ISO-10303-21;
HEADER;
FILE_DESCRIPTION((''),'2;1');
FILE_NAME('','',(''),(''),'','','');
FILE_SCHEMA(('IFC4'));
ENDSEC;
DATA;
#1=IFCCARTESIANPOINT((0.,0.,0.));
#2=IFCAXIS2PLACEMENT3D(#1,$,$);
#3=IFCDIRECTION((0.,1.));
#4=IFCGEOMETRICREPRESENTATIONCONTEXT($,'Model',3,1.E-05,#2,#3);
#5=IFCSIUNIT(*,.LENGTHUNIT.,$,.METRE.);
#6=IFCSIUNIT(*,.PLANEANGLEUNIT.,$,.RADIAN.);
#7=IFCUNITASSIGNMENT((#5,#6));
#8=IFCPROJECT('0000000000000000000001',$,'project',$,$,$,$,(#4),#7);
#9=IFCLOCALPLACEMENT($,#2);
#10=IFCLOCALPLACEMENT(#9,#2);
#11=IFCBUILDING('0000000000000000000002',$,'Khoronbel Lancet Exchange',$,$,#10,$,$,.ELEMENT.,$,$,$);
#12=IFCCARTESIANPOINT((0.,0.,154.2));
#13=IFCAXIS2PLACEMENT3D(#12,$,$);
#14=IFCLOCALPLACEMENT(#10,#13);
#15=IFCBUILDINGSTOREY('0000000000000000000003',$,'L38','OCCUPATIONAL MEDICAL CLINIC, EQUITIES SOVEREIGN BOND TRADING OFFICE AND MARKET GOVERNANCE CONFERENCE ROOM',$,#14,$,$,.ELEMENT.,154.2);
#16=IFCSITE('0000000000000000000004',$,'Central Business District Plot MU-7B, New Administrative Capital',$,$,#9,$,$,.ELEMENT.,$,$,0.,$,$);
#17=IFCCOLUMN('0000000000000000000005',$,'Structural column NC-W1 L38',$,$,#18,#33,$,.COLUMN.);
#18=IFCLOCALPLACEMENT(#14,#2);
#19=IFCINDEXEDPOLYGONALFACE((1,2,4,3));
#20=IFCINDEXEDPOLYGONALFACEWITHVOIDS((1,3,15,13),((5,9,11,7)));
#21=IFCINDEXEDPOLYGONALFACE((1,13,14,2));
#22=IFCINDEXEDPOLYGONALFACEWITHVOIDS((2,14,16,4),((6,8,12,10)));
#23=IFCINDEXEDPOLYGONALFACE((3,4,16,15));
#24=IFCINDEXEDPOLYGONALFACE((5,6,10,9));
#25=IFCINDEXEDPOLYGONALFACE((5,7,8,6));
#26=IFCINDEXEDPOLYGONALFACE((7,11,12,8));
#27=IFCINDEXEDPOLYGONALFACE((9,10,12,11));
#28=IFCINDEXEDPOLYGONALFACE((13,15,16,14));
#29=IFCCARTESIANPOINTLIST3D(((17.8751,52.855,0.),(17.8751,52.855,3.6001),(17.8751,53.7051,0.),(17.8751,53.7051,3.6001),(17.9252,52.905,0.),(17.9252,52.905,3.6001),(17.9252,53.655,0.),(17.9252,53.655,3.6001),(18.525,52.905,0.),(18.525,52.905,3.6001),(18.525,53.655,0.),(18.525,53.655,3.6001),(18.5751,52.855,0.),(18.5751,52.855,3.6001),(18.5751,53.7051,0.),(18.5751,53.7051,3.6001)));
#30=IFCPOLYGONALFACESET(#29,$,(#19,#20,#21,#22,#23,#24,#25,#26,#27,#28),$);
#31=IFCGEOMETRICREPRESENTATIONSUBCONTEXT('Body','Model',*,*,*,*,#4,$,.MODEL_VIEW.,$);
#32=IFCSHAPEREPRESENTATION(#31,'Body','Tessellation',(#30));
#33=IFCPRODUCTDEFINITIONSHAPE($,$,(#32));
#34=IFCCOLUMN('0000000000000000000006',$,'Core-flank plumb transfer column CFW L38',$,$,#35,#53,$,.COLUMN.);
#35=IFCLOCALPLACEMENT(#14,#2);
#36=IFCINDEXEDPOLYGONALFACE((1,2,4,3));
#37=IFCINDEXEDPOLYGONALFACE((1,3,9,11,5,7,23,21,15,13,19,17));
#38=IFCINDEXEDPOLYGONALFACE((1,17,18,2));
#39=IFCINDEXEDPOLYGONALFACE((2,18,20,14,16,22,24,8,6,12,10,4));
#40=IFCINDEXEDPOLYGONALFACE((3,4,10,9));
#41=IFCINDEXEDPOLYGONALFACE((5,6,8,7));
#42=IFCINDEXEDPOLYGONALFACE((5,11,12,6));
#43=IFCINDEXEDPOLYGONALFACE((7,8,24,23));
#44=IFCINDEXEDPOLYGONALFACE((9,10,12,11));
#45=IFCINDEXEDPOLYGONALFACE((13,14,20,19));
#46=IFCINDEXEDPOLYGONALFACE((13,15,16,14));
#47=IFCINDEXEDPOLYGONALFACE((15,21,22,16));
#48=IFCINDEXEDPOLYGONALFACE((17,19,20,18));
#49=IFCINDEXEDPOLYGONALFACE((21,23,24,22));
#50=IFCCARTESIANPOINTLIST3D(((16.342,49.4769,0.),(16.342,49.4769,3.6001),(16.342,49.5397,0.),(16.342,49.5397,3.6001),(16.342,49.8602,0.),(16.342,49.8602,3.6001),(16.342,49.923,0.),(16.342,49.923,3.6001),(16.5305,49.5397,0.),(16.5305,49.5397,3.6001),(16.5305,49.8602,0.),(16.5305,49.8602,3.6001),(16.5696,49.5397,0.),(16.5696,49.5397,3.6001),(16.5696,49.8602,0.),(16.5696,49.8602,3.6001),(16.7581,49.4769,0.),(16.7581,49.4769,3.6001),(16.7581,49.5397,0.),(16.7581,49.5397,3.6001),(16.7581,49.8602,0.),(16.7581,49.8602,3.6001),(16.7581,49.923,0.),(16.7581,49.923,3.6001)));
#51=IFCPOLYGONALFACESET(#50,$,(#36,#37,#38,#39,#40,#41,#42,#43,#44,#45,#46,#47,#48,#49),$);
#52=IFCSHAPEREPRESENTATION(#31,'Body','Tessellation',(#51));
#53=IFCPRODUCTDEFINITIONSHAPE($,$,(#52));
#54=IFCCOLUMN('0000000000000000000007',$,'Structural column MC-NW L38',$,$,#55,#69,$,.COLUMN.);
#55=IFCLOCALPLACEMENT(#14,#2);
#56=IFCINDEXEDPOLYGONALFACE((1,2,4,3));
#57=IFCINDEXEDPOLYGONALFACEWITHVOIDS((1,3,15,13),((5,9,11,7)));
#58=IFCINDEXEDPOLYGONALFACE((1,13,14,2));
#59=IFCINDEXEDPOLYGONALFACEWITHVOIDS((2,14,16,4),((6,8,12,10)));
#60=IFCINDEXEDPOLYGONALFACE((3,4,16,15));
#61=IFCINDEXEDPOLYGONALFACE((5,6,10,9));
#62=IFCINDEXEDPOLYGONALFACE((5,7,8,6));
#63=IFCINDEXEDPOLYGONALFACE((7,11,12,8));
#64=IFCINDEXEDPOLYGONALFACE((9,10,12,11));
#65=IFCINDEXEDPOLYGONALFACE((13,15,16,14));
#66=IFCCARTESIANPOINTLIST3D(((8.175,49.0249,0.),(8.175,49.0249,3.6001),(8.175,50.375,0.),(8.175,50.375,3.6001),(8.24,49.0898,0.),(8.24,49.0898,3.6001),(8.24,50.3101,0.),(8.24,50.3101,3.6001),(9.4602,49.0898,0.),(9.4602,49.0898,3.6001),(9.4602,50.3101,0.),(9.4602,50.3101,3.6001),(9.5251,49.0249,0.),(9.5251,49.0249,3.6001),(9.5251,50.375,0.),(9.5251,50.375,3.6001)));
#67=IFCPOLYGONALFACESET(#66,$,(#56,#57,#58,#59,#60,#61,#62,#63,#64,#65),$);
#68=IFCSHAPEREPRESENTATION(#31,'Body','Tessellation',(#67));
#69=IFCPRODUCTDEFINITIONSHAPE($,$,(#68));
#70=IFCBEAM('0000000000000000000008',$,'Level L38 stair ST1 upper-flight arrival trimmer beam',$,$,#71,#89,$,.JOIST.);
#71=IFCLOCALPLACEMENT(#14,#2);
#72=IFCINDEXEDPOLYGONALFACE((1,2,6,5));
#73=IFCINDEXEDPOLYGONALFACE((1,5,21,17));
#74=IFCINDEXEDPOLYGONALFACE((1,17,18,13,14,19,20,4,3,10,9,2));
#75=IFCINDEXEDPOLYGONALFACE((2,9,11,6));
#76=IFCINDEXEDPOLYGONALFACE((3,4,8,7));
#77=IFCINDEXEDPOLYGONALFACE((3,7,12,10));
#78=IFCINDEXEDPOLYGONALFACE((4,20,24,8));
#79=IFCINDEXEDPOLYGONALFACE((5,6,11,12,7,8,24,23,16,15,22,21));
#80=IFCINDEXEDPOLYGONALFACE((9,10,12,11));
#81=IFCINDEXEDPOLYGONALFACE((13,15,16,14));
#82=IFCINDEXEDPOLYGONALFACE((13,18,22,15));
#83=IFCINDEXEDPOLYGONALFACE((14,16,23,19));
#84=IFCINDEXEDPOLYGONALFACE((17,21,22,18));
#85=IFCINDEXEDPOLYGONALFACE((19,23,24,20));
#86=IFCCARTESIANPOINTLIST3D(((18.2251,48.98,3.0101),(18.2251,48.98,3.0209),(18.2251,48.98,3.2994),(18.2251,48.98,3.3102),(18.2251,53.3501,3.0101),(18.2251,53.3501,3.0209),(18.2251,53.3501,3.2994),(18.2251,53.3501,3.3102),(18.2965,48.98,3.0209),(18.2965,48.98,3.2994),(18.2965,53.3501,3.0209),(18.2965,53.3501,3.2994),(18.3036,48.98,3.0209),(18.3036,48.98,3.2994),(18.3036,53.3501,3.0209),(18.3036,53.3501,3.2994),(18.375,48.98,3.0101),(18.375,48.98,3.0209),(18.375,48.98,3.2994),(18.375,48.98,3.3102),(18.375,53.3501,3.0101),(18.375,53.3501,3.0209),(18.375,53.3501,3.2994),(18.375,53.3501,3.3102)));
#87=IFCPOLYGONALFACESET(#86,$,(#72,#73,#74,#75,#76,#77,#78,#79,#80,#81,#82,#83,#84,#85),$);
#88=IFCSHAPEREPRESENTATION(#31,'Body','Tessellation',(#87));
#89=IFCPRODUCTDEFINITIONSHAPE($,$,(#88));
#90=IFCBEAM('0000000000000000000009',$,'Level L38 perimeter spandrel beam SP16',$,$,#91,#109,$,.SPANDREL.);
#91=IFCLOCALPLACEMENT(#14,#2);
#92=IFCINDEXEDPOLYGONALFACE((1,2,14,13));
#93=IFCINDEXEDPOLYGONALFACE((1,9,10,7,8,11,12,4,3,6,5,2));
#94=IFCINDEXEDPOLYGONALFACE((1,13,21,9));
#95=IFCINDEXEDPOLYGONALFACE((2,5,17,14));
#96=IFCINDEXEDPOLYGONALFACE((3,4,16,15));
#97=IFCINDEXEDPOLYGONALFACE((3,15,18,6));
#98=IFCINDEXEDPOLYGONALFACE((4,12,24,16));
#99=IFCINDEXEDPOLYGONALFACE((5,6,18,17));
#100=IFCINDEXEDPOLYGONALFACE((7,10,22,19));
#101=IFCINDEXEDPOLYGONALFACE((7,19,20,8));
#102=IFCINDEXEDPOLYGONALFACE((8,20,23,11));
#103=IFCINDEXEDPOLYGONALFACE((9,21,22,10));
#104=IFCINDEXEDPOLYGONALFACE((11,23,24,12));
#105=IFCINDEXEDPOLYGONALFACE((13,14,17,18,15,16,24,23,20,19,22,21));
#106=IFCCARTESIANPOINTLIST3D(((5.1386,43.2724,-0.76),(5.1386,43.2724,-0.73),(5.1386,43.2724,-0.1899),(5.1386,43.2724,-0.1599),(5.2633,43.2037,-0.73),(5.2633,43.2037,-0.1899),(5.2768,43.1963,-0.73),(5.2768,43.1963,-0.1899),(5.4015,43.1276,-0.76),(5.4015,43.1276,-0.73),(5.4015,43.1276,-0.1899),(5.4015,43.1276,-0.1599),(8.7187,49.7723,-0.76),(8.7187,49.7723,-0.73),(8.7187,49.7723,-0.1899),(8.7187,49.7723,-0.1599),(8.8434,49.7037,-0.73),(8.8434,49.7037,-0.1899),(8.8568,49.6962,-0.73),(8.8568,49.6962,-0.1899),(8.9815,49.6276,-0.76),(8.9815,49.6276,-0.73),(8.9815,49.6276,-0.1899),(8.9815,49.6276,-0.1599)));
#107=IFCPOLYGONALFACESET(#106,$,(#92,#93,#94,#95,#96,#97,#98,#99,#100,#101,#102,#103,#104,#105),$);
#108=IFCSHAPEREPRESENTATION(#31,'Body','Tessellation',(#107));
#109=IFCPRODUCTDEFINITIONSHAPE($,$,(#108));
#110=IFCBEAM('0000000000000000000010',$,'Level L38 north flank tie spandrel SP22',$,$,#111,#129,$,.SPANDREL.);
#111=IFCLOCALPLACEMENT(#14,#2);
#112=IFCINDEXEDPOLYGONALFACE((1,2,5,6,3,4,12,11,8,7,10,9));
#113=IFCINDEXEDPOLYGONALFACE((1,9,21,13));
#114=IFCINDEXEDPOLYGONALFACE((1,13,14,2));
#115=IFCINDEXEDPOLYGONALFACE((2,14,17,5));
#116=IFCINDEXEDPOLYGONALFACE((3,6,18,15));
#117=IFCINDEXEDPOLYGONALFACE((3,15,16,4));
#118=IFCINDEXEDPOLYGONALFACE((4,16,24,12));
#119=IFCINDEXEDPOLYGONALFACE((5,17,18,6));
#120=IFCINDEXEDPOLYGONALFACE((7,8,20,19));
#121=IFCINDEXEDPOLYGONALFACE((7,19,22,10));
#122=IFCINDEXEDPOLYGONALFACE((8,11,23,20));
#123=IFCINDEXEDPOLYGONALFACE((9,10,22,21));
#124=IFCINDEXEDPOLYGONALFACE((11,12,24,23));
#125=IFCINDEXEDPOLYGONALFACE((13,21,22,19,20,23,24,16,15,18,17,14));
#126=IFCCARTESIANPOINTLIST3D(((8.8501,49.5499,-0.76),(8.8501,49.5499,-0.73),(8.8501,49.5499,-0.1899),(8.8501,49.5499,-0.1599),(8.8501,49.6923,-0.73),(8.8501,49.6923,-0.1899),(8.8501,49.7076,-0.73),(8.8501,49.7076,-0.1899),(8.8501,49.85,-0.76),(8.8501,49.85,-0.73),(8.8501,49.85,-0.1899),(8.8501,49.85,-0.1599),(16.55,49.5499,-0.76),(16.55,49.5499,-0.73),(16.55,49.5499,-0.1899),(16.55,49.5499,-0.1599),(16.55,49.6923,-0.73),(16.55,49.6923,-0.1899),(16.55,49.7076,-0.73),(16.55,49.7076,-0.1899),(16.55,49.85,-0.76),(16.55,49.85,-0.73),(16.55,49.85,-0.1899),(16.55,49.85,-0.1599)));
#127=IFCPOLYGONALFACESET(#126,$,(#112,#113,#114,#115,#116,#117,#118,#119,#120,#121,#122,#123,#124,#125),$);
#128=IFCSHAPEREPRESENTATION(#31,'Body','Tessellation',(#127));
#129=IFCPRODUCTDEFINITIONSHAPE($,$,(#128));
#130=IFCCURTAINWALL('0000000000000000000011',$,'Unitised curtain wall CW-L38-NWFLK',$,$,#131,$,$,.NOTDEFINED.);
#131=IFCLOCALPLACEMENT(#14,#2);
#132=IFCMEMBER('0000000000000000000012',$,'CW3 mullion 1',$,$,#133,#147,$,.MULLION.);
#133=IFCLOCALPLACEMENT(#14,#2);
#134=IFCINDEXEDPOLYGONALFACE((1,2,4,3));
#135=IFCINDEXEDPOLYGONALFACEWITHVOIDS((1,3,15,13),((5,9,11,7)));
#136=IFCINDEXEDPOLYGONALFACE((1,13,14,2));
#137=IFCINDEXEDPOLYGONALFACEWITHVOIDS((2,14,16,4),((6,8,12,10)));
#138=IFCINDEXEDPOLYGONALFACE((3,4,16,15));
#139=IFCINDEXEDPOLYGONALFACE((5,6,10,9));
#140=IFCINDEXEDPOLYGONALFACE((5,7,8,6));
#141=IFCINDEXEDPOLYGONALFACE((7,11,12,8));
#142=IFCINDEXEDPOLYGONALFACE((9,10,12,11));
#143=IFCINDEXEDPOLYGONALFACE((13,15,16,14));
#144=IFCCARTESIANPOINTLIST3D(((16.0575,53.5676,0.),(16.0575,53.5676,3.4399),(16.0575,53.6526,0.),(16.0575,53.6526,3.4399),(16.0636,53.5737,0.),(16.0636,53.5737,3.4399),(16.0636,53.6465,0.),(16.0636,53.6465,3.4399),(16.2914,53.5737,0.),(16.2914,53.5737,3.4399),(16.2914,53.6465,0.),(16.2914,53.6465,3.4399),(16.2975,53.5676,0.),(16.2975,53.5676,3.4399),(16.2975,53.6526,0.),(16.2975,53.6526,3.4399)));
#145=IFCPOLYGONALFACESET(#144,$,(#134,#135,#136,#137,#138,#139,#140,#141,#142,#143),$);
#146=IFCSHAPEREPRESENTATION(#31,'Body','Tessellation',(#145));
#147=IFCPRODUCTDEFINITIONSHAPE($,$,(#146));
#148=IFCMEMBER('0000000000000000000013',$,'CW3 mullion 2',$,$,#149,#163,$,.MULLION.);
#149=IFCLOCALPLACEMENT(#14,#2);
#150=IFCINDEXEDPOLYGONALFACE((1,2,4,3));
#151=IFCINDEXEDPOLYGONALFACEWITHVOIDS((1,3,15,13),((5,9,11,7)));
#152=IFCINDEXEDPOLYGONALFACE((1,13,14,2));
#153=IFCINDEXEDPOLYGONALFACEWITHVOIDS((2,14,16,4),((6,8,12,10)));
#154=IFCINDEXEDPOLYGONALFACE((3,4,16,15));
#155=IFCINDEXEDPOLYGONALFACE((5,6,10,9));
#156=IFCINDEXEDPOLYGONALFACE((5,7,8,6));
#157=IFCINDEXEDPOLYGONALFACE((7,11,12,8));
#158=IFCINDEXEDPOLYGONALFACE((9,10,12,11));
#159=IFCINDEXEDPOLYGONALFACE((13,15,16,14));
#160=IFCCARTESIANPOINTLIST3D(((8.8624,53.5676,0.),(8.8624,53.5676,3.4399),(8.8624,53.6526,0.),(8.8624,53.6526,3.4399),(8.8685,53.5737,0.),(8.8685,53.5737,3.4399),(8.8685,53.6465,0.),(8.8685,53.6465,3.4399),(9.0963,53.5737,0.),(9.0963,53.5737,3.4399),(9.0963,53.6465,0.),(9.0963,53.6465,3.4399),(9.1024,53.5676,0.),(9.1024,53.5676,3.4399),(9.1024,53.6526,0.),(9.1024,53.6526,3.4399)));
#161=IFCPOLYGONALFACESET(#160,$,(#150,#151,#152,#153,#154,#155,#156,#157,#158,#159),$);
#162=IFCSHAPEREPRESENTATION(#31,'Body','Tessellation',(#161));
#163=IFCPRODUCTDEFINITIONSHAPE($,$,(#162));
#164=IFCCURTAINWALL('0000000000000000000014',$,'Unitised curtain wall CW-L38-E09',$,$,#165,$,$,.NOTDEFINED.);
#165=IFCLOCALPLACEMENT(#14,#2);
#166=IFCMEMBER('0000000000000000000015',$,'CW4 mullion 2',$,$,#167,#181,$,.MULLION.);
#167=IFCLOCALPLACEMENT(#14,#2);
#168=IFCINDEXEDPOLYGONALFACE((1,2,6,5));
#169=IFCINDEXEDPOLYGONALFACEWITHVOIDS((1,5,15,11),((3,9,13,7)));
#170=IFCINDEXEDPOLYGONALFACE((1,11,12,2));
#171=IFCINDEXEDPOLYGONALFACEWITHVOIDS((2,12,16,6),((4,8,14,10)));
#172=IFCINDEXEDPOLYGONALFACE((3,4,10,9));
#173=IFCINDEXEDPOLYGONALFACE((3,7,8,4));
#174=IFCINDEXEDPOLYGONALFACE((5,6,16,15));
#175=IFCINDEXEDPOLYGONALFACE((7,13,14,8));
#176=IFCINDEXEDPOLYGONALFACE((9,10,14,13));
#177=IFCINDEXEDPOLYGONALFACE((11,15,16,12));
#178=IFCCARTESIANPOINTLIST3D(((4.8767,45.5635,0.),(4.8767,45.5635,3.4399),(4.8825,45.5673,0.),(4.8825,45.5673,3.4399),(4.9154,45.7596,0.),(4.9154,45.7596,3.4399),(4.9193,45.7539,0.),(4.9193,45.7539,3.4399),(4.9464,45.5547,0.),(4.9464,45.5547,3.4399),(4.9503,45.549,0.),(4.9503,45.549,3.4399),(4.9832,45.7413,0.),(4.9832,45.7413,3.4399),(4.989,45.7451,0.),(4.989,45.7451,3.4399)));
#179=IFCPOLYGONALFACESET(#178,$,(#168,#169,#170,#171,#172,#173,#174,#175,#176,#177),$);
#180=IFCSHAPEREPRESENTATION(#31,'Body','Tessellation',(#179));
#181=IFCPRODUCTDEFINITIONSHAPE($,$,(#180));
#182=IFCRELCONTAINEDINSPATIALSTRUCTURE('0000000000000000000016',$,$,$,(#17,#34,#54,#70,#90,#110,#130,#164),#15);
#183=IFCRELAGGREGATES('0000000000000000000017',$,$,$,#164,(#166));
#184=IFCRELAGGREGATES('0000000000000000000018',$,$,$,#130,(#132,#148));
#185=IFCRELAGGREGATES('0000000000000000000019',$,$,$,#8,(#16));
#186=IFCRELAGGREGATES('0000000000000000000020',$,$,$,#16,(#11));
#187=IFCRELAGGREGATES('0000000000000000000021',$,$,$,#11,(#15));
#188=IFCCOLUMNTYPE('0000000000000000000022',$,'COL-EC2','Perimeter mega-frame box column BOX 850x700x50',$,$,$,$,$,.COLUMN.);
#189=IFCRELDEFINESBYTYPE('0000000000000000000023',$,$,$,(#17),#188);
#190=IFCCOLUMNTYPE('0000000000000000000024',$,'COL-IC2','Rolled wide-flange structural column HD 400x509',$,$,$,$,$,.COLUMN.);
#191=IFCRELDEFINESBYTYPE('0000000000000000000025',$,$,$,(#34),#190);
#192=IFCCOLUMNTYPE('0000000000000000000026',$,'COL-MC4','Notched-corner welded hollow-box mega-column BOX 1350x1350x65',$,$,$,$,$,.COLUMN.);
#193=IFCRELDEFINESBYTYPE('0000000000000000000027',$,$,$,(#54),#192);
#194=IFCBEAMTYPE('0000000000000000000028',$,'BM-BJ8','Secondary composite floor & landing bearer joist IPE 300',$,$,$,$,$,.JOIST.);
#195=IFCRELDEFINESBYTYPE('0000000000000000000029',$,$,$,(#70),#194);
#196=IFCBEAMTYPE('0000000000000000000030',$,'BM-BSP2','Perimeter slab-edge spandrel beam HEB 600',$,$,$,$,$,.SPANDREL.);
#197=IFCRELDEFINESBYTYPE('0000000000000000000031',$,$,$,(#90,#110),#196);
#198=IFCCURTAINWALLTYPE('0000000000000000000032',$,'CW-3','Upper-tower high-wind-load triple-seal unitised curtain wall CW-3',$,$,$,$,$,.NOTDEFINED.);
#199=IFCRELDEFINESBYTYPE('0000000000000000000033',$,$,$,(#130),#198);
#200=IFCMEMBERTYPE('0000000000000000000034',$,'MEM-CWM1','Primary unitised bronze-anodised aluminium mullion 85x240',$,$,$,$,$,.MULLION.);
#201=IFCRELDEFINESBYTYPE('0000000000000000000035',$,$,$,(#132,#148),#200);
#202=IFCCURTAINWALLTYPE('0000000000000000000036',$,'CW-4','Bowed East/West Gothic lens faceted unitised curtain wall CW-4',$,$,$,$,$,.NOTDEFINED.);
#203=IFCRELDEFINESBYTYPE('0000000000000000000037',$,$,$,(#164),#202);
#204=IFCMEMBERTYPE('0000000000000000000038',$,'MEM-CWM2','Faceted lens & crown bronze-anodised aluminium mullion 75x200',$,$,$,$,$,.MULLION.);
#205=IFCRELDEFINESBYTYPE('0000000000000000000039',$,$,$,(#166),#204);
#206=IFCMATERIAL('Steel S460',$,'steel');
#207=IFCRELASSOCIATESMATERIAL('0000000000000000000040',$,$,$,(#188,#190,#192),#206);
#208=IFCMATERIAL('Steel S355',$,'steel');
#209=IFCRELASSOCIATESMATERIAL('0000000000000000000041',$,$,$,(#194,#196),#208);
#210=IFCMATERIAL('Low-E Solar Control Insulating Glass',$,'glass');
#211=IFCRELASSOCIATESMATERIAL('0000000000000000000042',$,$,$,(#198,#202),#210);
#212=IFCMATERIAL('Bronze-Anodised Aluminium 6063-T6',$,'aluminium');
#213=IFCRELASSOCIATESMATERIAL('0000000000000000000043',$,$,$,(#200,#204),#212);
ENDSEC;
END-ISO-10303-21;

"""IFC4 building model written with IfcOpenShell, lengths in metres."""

from ifc_helpers import new_model, si_unit, direction, frame, origin, origin_2d, place, context, subcontext, project, spatial, hollow_rectangle, i_section, extrude, material, material_profile, profile_set, type_object, element, aggregate, save


model = new_model("IFC4")

# Units and contexts
model_context = context("Model", 3, precision=1e-05, world=origin(), true_north=direction((0.0, 1.0)))
body_context = subcontext(model_context, "Body", "Model", "MODEL_VIEW")
ifc_project = project(units=[si_unit("LENGTHUNIT", "METRE"), si_unit("PLANEANGLEUNIT", "RADIAN")], contexts=[model_context])

# Site, building, storey
site_placement = place(None, origin())
site = spatial("IfcSite", under=ifc_project, at=site_placement, Name="Central Business District Plot MU-7B, New Administrative Capital", CompositionType="ELEMENT", RefElevation=0.0)
building_placement = place(site_placement, origin())
building = spatial("IfcBuilding", under=site, at=building_placement, Name="Khoronbel Lancet Exchange", CompositionType="ELEMENT")
storey_placement = place(building_placement, frame((0.0, 0.0, 154.2)))
storey = spatial("IfcBuildingStorey", under=building, at=storey_placement, Name="L38", Description="OCCUPATIONAL MEDICAL CLINIC, EQUITIES SOVEREIGN BOND TRADING OFFICE AND MARKET GOVERNANCE CONFERENCE ROOM", CompositionType="ELEMENT", Elevation=154.2)

# Columns
ifc_material_1 = material(Name="Steel S460", Category="steel")
ifc_material_profile_1 = material_profile(ifc_material_1, hollow_rectangle(XDim=0.7, YDim=0.8501, WallThickness=0.05, at=origin_2d()), Name="BOX 850x700x50")
ifc_profile_set_1 = profile_set([ifc_material_profile_1], Name="Steel S460")
column_type_1 = type_object("IfcColumnType", Name="COL-EC2", Description="Perimeter mega-frame box column BOX 850x700x50", PredefinedType="COLUMN", material=ifc_profile_set_1)
column_1_placement = place(storey_placement, frame((18.2251, 53.28, 0.0), z_axis=(0.0, 0.0, 1.0), x_axis=(1.0, 0.0, 0.0)))
element("IfcColumn", 1, at=column_1_placement, inside=storey, type_object=column_type_1, Name="Structural column NC-W1 L38", PredefinedType="COLUMN", context=body_context, shape_type="SweptSolid", body=[
    extrude(hollow_rectangle(XDim=0.7, YDim=0.8501, WallThickness=0.05, at=origin_2d()), origin(), (0.0, 0.0, 1.0), 3.6001),
])
ifc_material_profile_2 = material_profile(ifc_material_1, i_section(OverallWidth=0.416, OverallDepth=0.446, WebThickness=0.0391, FlangeThickness=0.0627, at=origin_2d()), Name="HD 400x509")
ifc_profile_set_2 = profile_set([ifc_material_profile_2], Name="Steel S460")
column_type_2 = type_object("IfcColumnType", Name="COL-IC2", Description="Rolled wide-flange structural column HD 400x509", PredefinedType="COLUMN", material=ifc_profile_set_2)
column_2_placement = place(storey_placement, frame((16.55, 49.7, 0.0), z_axis=(0.0, 0.0, 1.0), x_axis=(1.0, 0.0, 0.0)))
element("IfcColumn", 2, at=column_2_placement, inside=storey, type_object=column_type_2, Name="Core-flank plumb transfer column CFW L38", PredefinedType="COLUMN", context=body_context, shape_type="SweptSolid", body=[
    extrude(i_section(OverallWidth=0.416, OverallDepth=0.446, WebThickness=0.0391, FlangeThickness=0.0627, at=origin_2d()), origin(), (0.0, 0.0, 1.0), 3.6001),
])
ifc_material_profile_3 = material_profile(ifc_material_1, hollow_rectangle(XDim=1.3501, YDim=1.3501, WallThickness=0.0649, at=origin_2d()), Name="BOX 1350x1350x65")
ifc_profile_set_3 = profile_set([ifc_material_profile_3], Name="Steel S460")
column_type_3 = type_object("IfcColumnType", Name="COL-MC4", Description="Notched-corner welded hollow-box mega-column BOX 1350x1350x65", PredefinedType="COLUMN", material=ifc_profile_set_3)
column_3_placement = place(storey_placement, frame((8.8501, 49.7, 0.0), z_axis=(0.0, 0.0, 1.0), x_axis=(1.0, 0.0, 0.0)))
element("IfcColumn", 3, at=column_3_placement, inside=storey, type_object=column_type_3, Name="Structural column MC-NW L38", PredefinedType="COLUMN", context=body_context, shape_type="SweptSolid", body=[
    extrude(hollow_rectangle(XDim=1.3501, YDim=1.3501, WallThickness=0.0649, at=origin_2d()), origin(), (0.0, 0.0, 1.0), 3.6001),
])

# Beams
ifc_material_2 = material(Name="Steel S355", Category="steel")
ifc_material_profile_4 = material_profile(ifc_material_2, i_section(OverallWidth=0.1499, OverallDepth=0.3, WebThickness=0.0071, FlangeThickness=0.0107, at=origin_2d()), Name="IPE 300")
ifc_profile_set_4 = profile_set([ifc_material_profile_4], Name="Steel S355")
beam_type_1 = type_object("IfcBeamType", Name="BM-BJ8", Description="Secondary composite floor & landing bearer joist IPE 300", PredefinedType="JOIST", material=ifc_profile_set_4)
beam_1_placement = place(storey_placement, frame((18.3, 48.98, 3.1602), z_axis=(0.0, 1.0, 0.0), x_axis=(-1.0, 0.0, 0.0)))
element("IfcBeam", 4, at=beam_1_placement, inside=storey, type_object=beam_type_1, Name="Level L38 stair ST1 upper-flight arrival trimmer beam", PredefinedType="JOIST", context=body_context, shape_type="SweptSolid", body=[
    extrude(i_section(OverallWidth=0.1499, OverallDepth=0.3, WebThickness=0.0071, FlangeThickness=0.0107, at=origin_2d()), origin(), (0.0, 0.0, 1.0), 4.3701),
])
ifc_material_profile_5 = material_profile(ifc_material_2, i_section(OverallWidth=0.3, OverallDepth=0.6001, WebThickness=0.0154, FlangeThickness=0.03, at=origin_2d()), Name="HEB 600")
ifc_profile_set_5 = profile_set([ifc_material_profile_5], Name="Steel S355")
beam_type_2 = type_object("IfcBeamType", Name="BM-BSP2", Description="Perimeter slab-edge spandrel beam HEB 600", PredefinedType="SPANDREL", material=ifc_profile_set_5)
beam_2_placement = place(storey_placement, frame((8.8501, 49.7, -0.46), z_axis=(-0.482444, -0.875927, 0.0), x_axis=(0.875927, -0.482444, 0.0)))
element("IfcBeam", 5, at=beam_2_placement, inside=storey, type_object=beam_type_2, Name="Level L38 perimeter spandrel beam SP16", PredefinedType="SPANDREL", context=body_context, shape_type="SweptSolid", body=[
    extrude(i_section(OverallWidth=0.3, OverallDepth=0.6001, WebThickness=0.0154, FlangeThickness=0.03, at=origin_2d()), origin(), (0.0, 0.0, 1.0), 7.4207),
])
beam_3_placement = place(storey_placement, frame((8.8501, 49.7, -0.46), z_axis=(1.0, 0.0, 0.0), x_axis=(0.0, 1.0, 0.0)))
element("IfcBeam", 6, at=beam_3_placement, inside=storey, type_object=beam_type_2, Name="Level L38 north flank tie spandrel SP22", PredefinedType="SPANDREL", context=body_context, shape_type="SweptSolid", body=[
    extrude(i_section(OverallWidth=0.3, OverallDepth=0.6001, WebThickness=0.0154, FlangeThickness=0.03, at=origin_2d()), origin(), (0.0, 0.0, 1.0), 7.7),
])

# Curtain wall, members
ifc_material_3 = material(Name="Low-E Solar Control Insulating Glass", Category="glass")
curtain_wall_type_1 = type_object("IfcCurtainWallType", Name="CW-3", Description="Upper-tower high-wind-load triple-seal unitised curtain wall CW-3", PredefinedType="NOTDEFINED", material=ifc_material_3)
curtain_wall_1_placement = place(storey_placement, origin())
curtain_wall_1 = element("IfcCurtainWall", 7, at=curtain_wall_1_placement, inside=storey, type_object=curtain_wall_type_1, Name="Unitised curtain wall CW-L38-NWFLK", PredefinedType="NOTDEFINED")
ifc_material_4 = material(Name="Bronze-Anodised Aluminium 6063-T6", Category="aluminium")
ifc_material_profile_6 = material_profile(ifc_material_4, hollow_rectangle(XDim=0.085, YDim=0.24, WallThickness=0.0061, at=origin_2d()), Name="ALU MULLION 85x240")
ifc_profile_set_6 = profile_set([ifc_material_profile_6], Name="Bronze-Anodised Aluminium 6063-T6")
member_type_1 = type_object("IfcMemberType", Name="MEM-CWM1", Description="Primary unitised bronze-anodised aluminium mullion 85x240", PredefinedType="MULLION", material=ifc_profile_set_6)
member_1_placement = place(storey_placement, frame((16.1775, 53.6101, 0.0), z_axis=(0.0, 0.0, 1.0), x_axis=(0.0, -1.0, 0.0)))
member_1 = element("IfcMember", 8, at=member_1_placement, type_object=member_type_1, Name="CW3 mullion 1", PredefinedType="MULLION", context=body_context, shape_type="SweptSolid", body=[
    extrude(hollow_rectangle(XDim=0.085, YDim=0.24, WallThickness=0.0061, at=origin_2d()), origin(), (0.0, 0.0, 1.0), 3.4399),
])
member_2_placement = place(storey_placement, frame((8.9824, 53.6101, 0.0), z_axis=(0.0, 0.0, 1.0), x_axis=(0.0, -1.0, 0.0)))
member_2 = element("IfcMember", 9, at=member_2_placement, type_object=member_type_1, Name="CW3 mullion 2", PredefinedType="MULLION", context=body_context, shape_type="SweptSolid", body=[
    extrude(hollow_rectangle(XDim=0.085, YDim=0.24, WallThickness=0.0061, at=origin_2d()), origin(), (0.0, 0.0, 1.0), 3.4399),
])

# Curtain wall, member
curtain_wall_type_2 = type_object("IfcCurtainWallType", Name="CW-4", Description="Bowed East/West Gothic lens faceted unitised curtain wall CW-4", PredefinedType="NOTDEFINED", material=ifc_material_3)
curtain_wall_2_placement = place(storey_placement, origin())
curtain_wall_2 = element("IfcCurtainWall", 10, at=curtain_wall_2_placement, inside=storey, type_object=curtain_wall_type_2, Name="Unitised curtain wall CW-L38-E09", PredefinedType="NOTDEFINED")
ifc_material_profile_7 = material_profile(ifc_material_4, hollow_rectangle(XDim=0.075, YDim=0.2, WallThickness=0.0049, at=origin_2d()), Name="ALU MULLION 75x200")
ifc_profile_set_7 = profile_set([ifc_material_profile_7], Name="Bronze-Anodised Aluminium 6063-T6")
member_type_2 = type_object("IfcMemberType", Name="MEM-CWM2", Description="Faceted lens & crown bronze-anodised aluminium mullion 75x200", PredefinedType="MULLION", material=ifc_profile_set_7)
member_3_placement = place(storey_placement, frame((4.9329, 45.6543, 0.0), z_axis=(0.0, 0.0, 1.0), x_axis=(-0.981092, 0.193544, 0.0)))
member_3 = element("IfcMember", 11, at=member_3_placement, type_object=member_type_2, Name="CW4 mullion 2", PredefinedType="MULLION", context=body_context, shape_type="SweptSolid", body=[
    extrude(hollow_rectangle(XDim=0.075, YDim=0.2, WallThickness=0.0049, at=origin_2d()), origin(), (0.0, 0.0, 1.0), 3.4399),
])
aggregate(curtain_wall_2, [member_3])

aggregate(curtain_wall_1, [member_1, member_2])

save(model, "model.ifc")
